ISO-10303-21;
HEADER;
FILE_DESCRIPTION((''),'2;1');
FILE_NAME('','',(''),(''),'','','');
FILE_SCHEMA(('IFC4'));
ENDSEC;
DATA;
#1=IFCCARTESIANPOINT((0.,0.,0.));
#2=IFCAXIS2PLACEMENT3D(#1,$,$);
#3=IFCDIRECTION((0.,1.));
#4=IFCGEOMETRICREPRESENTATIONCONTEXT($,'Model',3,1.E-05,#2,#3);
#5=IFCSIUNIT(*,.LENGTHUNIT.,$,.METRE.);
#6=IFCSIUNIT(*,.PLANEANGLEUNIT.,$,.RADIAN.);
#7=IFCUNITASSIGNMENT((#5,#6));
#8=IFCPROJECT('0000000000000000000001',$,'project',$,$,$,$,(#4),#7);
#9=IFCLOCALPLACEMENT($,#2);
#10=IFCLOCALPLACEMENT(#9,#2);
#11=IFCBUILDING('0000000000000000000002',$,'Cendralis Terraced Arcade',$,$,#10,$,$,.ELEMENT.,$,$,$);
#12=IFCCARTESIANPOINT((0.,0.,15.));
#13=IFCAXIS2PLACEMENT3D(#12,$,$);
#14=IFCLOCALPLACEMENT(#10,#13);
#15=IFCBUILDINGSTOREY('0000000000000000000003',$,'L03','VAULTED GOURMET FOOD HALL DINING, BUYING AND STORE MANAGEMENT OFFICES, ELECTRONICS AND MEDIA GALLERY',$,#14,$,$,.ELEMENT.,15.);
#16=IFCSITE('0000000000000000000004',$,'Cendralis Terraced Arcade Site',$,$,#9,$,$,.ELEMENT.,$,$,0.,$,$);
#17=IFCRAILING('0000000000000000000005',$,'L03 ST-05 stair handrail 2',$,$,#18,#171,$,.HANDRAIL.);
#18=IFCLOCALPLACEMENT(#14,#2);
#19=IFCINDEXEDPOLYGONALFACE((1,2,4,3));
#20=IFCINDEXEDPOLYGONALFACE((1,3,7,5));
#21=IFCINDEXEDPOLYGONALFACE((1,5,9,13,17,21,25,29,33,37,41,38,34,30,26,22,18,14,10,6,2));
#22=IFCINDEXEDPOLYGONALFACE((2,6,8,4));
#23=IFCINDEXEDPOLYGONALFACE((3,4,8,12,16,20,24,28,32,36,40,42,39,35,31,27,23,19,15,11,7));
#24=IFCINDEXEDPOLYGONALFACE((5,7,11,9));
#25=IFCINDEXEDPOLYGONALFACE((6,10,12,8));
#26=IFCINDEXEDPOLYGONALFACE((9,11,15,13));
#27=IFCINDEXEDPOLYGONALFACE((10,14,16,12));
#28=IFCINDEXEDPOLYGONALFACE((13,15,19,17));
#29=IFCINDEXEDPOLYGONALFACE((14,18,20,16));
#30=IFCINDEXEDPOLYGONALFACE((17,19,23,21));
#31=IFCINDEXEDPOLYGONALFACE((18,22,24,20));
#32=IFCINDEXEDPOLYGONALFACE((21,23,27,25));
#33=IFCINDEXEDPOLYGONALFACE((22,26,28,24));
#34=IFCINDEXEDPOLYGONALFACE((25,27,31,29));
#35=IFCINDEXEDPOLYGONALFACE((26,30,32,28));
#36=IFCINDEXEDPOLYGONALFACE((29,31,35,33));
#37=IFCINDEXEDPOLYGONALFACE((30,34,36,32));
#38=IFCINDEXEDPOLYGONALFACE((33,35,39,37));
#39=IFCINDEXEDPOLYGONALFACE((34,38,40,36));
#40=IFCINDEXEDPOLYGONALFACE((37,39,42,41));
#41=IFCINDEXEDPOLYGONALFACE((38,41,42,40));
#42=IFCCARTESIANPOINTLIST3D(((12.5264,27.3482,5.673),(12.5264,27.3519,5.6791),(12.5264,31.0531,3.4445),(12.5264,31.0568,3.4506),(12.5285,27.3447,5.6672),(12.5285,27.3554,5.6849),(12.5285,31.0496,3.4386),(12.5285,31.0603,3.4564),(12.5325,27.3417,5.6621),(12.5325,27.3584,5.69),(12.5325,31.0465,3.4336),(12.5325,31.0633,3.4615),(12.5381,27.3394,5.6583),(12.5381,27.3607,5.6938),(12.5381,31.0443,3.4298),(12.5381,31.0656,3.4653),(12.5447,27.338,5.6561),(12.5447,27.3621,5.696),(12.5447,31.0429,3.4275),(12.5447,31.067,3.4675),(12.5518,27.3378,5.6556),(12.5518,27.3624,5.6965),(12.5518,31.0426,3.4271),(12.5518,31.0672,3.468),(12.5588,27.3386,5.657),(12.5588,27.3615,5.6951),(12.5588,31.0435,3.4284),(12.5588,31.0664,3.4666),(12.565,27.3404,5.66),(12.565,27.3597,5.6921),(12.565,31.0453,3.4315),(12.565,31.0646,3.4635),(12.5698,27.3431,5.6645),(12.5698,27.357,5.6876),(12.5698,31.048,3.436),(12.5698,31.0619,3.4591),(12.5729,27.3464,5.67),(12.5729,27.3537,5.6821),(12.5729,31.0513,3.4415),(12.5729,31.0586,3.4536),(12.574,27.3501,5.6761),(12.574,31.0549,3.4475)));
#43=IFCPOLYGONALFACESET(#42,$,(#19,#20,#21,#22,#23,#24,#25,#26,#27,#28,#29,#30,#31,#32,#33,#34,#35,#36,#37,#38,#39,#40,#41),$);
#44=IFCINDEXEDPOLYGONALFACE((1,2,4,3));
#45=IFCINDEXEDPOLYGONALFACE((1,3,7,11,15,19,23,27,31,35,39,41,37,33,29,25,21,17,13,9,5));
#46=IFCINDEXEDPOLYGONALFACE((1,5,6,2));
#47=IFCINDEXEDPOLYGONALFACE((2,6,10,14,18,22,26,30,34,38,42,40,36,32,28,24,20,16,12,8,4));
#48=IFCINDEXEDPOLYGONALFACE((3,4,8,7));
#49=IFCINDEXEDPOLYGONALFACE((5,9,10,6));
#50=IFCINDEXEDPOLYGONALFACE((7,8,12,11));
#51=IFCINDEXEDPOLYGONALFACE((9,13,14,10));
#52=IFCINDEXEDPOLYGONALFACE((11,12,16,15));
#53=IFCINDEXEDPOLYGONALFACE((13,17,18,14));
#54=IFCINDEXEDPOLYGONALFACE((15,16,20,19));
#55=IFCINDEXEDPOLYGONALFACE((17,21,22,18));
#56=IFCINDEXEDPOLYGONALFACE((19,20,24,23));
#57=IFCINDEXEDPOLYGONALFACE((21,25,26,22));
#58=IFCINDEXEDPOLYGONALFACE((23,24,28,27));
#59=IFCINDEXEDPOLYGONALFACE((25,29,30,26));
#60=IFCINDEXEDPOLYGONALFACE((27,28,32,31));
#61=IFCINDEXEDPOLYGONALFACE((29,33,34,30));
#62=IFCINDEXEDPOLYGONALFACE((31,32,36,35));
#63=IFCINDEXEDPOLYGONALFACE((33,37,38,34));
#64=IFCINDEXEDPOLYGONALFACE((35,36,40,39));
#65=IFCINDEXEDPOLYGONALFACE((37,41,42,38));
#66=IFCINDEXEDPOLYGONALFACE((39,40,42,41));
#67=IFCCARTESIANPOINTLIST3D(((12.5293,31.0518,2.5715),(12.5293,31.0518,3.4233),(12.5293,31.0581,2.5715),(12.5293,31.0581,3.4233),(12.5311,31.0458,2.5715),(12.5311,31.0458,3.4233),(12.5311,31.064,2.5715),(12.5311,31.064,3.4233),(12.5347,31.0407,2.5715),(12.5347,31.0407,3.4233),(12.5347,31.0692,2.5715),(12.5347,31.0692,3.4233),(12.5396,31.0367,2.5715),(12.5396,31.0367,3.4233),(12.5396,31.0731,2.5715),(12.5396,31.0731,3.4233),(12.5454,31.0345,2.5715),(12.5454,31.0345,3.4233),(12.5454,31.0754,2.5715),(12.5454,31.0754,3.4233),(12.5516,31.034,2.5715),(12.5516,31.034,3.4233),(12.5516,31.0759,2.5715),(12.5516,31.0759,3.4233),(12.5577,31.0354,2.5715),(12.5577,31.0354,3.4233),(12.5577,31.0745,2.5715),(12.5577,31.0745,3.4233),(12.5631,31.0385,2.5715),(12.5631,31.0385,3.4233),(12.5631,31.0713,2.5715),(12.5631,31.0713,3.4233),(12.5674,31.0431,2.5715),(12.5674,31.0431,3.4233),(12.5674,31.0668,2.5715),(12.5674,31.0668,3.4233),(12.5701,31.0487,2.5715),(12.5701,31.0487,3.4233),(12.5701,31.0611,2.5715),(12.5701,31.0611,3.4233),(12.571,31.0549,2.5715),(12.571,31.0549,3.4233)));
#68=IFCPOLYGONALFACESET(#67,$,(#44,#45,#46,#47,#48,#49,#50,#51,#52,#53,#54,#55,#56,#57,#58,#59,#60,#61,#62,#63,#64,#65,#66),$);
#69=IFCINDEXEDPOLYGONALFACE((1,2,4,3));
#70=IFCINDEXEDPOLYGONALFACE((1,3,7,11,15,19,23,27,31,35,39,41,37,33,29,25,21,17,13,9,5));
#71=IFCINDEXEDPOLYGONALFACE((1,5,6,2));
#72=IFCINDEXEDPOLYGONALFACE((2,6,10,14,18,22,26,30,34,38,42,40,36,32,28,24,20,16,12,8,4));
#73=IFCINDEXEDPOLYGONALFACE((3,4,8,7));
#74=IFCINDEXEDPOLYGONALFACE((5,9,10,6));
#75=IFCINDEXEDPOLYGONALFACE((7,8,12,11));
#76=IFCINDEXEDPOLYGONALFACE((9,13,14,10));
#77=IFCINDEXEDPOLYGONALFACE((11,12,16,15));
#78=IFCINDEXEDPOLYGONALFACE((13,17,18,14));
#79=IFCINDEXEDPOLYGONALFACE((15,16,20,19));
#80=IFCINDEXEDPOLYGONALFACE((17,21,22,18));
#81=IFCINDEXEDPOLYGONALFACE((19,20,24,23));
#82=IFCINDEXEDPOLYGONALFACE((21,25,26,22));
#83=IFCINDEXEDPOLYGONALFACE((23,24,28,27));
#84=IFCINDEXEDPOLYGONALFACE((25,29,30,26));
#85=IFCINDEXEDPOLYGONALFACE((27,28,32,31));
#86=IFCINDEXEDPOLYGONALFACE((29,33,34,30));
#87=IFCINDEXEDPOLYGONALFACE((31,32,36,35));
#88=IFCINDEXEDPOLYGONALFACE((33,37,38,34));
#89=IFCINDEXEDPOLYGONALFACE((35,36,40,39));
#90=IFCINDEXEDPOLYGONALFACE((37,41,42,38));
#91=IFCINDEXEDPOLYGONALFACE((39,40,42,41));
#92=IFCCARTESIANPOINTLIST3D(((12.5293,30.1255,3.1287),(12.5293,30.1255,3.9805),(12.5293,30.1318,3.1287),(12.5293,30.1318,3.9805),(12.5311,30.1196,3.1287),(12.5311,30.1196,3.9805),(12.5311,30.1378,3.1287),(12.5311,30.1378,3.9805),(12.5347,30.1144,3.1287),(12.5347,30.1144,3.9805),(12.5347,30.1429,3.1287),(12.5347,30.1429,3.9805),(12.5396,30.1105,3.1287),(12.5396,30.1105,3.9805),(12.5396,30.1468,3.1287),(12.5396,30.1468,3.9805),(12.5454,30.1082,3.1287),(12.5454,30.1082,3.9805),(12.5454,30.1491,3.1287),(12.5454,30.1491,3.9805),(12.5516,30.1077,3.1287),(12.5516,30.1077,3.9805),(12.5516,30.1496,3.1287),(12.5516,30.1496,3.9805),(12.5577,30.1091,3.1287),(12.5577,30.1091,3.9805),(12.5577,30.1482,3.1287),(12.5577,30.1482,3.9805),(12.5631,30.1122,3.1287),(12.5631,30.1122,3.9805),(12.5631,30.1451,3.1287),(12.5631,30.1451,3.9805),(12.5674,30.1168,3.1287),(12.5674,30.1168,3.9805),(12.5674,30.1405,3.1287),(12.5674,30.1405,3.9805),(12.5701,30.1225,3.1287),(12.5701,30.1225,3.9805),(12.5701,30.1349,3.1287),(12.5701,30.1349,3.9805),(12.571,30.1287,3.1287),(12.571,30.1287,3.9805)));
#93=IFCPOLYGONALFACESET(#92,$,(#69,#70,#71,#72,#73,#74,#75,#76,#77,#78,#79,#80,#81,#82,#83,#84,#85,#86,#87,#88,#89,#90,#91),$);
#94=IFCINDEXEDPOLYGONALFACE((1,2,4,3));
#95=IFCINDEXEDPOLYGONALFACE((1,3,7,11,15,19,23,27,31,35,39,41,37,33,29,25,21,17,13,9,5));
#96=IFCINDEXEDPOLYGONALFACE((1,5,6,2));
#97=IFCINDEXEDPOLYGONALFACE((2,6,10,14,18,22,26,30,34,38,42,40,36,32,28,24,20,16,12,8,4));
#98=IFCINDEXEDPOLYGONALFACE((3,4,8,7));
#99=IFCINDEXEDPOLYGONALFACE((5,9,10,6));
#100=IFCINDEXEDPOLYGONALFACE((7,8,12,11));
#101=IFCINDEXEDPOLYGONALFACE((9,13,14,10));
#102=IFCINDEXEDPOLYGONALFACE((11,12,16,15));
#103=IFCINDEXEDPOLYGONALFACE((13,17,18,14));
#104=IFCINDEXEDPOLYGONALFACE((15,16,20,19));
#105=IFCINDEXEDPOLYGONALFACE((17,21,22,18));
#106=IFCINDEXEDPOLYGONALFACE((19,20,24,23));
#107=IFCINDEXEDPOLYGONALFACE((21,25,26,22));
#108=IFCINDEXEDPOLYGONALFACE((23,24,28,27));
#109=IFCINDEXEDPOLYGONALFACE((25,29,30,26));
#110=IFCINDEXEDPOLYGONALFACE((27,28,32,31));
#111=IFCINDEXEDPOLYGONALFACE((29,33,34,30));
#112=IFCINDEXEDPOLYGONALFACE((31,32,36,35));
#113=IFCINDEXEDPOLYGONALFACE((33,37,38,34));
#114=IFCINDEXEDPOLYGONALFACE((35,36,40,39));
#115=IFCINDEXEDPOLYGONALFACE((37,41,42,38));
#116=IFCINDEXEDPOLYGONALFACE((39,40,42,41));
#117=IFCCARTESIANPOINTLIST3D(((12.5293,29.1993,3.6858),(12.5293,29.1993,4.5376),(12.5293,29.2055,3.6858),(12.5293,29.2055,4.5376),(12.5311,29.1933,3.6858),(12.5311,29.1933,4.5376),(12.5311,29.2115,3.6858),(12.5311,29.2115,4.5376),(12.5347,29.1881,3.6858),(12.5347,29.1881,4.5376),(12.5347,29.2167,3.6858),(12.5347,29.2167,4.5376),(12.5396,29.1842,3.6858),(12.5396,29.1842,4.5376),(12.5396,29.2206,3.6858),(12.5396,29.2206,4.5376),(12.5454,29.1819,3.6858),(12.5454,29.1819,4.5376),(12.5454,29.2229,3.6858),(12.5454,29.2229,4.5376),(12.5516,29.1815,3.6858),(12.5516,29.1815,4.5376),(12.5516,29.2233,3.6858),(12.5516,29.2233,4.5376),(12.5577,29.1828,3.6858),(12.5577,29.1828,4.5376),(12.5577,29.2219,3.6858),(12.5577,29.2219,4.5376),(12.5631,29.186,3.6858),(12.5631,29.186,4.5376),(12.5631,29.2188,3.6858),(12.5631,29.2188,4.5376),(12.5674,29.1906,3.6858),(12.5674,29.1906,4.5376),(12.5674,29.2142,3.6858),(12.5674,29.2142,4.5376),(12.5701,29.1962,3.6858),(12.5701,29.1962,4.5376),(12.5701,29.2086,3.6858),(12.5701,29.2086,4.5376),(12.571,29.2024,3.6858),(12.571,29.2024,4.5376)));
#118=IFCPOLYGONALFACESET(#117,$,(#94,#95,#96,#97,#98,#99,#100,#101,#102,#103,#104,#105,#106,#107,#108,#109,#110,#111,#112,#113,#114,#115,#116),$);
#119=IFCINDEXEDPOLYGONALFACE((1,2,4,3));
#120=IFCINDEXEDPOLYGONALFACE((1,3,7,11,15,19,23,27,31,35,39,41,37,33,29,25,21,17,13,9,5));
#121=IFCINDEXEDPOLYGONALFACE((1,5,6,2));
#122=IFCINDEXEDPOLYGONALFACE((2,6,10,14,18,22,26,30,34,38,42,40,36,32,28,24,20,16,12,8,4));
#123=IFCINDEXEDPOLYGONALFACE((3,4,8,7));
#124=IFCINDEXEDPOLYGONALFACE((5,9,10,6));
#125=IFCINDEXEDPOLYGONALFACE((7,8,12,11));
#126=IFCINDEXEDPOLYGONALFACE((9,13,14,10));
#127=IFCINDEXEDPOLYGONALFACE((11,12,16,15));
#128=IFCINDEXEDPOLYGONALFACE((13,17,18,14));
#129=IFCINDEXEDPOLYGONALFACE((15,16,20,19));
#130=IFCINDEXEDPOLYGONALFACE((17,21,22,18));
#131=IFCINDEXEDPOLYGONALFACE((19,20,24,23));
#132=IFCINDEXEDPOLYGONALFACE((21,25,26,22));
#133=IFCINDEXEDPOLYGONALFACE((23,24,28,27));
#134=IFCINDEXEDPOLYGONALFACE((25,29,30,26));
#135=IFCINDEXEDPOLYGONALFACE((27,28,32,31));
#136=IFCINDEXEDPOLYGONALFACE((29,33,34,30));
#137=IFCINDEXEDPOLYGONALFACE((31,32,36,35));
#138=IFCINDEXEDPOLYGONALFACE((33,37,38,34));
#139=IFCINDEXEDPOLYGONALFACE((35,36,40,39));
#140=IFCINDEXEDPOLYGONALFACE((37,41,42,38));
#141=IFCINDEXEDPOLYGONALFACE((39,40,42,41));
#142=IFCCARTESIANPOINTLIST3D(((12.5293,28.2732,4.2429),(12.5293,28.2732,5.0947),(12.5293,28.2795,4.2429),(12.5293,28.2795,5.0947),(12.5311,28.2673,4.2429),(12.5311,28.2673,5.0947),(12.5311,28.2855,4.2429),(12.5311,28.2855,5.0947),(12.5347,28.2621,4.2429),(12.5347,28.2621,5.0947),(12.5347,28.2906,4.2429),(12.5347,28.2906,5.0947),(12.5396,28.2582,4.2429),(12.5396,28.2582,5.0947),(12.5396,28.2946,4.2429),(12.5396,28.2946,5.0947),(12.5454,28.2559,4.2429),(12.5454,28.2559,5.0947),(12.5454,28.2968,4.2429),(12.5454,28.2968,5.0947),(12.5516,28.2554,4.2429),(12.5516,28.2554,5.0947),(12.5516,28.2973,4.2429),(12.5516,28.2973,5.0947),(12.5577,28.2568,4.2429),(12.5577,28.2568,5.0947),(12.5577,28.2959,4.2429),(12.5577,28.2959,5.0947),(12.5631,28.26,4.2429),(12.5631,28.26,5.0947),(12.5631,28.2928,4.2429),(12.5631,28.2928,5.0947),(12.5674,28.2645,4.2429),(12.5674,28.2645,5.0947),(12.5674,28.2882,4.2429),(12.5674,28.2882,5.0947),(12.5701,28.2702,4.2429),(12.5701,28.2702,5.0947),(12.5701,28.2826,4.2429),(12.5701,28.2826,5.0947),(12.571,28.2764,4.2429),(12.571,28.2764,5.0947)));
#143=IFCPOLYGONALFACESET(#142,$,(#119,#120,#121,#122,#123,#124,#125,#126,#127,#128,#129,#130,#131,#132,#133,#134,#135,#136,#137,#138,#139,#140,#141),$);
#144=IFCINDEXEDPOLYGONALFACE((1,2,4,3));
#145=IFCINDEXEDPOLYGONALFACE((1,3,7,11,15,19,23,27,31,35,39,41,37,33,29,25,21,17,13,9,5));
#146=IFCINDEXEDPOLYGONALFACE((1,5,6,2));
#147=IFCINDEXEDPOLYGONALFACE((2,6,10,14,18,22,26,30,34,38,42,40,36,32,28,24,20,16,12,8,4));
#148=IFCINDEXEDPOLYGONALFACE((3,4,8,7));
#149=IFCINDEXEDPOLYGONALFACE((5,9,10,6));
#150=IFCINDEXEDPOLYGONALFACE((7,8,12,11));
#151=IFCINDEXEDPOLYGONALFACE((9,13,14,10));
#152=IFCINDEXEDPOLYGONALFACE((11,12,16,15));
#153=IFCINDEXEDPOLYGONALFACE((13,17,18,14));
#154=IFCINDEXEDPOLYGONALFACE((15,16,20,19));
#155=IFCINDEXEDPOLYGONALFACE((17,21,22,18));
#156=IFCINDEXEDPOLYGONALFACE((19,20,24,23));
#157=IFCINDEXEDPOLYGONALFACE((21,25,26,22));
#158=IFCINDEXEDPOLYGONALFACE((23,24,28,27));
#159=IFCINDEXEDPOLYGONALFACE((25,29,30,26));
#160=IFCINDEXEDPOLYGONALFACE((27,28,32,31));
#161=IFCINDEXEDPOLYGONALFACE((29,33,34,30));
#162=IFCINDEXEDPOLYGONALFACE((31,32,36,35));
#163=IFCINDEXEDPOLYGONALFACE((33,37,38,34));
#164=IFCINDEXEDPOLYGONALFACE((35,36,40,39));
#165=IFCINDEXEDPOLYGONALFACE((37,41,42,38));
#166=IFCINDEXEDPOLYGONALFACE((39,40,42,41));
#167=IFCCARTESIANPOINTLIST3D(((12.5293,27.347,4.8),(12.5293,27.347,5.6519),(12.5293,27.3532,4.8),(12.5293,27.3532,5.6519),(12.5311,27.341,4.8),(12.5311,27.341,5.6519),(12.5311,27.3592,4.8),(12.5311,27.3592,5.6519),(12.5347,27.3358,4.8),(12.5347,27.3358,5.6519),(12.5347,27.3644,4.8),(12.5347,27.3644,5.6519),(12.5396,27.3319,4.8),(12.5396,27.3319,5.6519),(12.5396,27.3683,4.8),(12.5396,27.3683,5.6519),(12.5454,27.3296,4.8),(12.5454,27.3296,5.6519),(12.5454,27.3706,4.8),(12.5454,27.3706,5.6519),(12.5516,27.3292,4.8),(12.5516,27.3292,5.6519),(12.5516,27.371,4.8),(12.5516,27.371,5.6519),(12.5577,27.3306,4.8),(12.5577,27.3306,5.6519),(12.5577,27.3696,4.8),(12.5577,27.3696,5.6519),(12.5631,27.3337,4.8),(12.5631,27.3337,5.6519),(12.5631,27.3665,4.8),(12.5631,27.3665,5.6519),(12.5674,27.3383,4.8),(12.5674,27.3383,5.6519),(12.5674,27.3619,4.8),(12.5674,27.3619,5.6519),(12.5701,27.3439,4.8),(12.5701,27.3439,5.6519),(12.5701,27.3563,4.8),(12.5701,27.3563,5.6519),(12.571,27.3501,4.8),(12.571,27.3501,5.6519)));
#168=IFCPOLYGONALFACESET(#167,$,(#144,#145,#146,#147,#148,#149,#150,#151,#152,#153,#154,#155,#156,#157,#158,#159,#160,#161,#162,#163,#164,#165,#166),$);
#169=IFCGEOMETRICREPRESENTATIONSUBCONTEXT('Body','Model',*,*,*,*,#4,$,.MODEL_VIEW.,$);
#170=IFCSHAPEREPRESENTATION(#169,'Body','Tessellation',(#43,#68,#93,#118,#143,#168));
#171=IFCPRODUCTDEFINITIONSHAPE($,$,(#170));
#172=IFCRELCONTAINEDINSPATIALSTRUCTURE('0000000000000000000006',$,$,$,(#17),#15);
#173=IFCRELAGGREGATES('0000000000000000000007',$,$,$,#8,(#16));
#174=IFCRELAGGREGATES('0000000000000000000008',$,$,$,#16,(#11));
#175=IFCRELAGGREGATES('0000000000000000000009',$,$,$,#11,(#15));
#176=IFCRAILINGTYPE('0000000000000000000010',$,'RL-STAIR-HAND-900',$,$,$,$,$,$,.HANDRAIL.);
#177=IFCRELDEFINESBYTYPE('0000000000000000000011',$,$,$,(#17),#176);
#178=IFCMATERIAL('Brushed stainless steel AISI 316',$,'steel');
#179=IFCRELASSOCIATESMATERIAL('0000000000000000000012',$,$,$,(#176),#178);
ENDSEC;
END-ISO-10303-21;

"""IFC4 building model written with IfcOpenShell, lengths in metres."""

from ifc_helpers import new_model, si_unit, direction, frame, origin, origin_2d, place, context, subcontext, project, spatial, circle, extrude, material, type_object, element, save


model = new_model("IFC4")

# Units and contexts
model_context = context("Model", 3, precision=1e-05, world=origin(), true_north=direction((0.0, 1.0)))
body_context = subcontext(model_context, "Body", "Model", "MODEL_VIEW")
ifc_project = project(units=[si_unit("LENGTHUNIT", "METRE"), si_unit("PLANEANGLEUNIT", "RADIAN")], contexts=[model_context])

# Site, building, storey
site_placement = place(None, origin())
site = spatial("IfcSite", under=ifc_project, at=site_placement, Name="Cendralis Terraced Arcade Site", CompositionType="ELEMENT", RefElevation=0.0)
building_placement = place(site_placement, origin())
building = spatial("IfcBuilding", under=site, at=building_placement, Name="Cendralis Terraced Arcade", CompositionType="ELEMENT")
storey_placement = place(building_placement, frame((0.0, 0.0, 15.0)))
storey = spatial("IfcBuildingStorey", under=building, at=storey_placement, Name="L03", Description="VAULTED GOURMET FOOD HALL DINING, BUYING AND STORE MANAGEMENT OFFICES, ELECTRONICS AND MEDIA GALLERY", CompositionType="ELEMENT", Elevation=15.0)

# Railing
ifc_material_1 = material(Name="Brushed stainless steel AISI 316", Category="steel")
railing_type_1 = type_object("IfcRailingType", Name="RL-STAIR-HAND-900", PredefinedType="HANDRAIL", material=ifc_material_1)
railing_1_placement = place(storey_placement, frame((12.55, 31.0549, 2.5715)))
element("IfcRailing", 1, at=railing_1_placement, inside=storey, type_object=railing_type_1, Name="L03 ST-05 stair handrail 2", PredefinedType="HANDRAIL", context=body_context, shape_type="SweptSolid", body=[
    extrude(circle(Radius=0.0239, at=origin_2d()), frame((0.0, 0.0, 0.876), z_axis=(0.0, -0.856919, 0.51545), x_axis=(1.0, 0.0, 0.0)), (0.0, 0.0, 1.0), 4.3235),
    extrude(circle(Radius=0.021, at=origin_2d()), origin(), (0.0, 0.0, 1.0), 0.8518),
    extrude(circle(Radius=0.021, at=origin_2d()), frame((0.0, -0.9263, 0.5571)), (0.0, 0.0, 1.0), 0.8518),
    extrude(circle(Radius=0.021, at=origin_2d()), frame((0.0, -1.8525, 1.1143)), (0.0, 0.0, 1.0), 0.8518),
    extrude(circle(Radius=0.021, at=origin_2d()), frame((0.0, -2.7786, 1.6714)), (0.0, 0.0, 1.0), 0.8518),
    extrude(circle(Radius=0.021, at=origin_2d()), frame((0.0, -3.7048, 2.2285)), (0.0, 0.0, 1.0), 0.8518),
])

save(model, "model.ifc")
